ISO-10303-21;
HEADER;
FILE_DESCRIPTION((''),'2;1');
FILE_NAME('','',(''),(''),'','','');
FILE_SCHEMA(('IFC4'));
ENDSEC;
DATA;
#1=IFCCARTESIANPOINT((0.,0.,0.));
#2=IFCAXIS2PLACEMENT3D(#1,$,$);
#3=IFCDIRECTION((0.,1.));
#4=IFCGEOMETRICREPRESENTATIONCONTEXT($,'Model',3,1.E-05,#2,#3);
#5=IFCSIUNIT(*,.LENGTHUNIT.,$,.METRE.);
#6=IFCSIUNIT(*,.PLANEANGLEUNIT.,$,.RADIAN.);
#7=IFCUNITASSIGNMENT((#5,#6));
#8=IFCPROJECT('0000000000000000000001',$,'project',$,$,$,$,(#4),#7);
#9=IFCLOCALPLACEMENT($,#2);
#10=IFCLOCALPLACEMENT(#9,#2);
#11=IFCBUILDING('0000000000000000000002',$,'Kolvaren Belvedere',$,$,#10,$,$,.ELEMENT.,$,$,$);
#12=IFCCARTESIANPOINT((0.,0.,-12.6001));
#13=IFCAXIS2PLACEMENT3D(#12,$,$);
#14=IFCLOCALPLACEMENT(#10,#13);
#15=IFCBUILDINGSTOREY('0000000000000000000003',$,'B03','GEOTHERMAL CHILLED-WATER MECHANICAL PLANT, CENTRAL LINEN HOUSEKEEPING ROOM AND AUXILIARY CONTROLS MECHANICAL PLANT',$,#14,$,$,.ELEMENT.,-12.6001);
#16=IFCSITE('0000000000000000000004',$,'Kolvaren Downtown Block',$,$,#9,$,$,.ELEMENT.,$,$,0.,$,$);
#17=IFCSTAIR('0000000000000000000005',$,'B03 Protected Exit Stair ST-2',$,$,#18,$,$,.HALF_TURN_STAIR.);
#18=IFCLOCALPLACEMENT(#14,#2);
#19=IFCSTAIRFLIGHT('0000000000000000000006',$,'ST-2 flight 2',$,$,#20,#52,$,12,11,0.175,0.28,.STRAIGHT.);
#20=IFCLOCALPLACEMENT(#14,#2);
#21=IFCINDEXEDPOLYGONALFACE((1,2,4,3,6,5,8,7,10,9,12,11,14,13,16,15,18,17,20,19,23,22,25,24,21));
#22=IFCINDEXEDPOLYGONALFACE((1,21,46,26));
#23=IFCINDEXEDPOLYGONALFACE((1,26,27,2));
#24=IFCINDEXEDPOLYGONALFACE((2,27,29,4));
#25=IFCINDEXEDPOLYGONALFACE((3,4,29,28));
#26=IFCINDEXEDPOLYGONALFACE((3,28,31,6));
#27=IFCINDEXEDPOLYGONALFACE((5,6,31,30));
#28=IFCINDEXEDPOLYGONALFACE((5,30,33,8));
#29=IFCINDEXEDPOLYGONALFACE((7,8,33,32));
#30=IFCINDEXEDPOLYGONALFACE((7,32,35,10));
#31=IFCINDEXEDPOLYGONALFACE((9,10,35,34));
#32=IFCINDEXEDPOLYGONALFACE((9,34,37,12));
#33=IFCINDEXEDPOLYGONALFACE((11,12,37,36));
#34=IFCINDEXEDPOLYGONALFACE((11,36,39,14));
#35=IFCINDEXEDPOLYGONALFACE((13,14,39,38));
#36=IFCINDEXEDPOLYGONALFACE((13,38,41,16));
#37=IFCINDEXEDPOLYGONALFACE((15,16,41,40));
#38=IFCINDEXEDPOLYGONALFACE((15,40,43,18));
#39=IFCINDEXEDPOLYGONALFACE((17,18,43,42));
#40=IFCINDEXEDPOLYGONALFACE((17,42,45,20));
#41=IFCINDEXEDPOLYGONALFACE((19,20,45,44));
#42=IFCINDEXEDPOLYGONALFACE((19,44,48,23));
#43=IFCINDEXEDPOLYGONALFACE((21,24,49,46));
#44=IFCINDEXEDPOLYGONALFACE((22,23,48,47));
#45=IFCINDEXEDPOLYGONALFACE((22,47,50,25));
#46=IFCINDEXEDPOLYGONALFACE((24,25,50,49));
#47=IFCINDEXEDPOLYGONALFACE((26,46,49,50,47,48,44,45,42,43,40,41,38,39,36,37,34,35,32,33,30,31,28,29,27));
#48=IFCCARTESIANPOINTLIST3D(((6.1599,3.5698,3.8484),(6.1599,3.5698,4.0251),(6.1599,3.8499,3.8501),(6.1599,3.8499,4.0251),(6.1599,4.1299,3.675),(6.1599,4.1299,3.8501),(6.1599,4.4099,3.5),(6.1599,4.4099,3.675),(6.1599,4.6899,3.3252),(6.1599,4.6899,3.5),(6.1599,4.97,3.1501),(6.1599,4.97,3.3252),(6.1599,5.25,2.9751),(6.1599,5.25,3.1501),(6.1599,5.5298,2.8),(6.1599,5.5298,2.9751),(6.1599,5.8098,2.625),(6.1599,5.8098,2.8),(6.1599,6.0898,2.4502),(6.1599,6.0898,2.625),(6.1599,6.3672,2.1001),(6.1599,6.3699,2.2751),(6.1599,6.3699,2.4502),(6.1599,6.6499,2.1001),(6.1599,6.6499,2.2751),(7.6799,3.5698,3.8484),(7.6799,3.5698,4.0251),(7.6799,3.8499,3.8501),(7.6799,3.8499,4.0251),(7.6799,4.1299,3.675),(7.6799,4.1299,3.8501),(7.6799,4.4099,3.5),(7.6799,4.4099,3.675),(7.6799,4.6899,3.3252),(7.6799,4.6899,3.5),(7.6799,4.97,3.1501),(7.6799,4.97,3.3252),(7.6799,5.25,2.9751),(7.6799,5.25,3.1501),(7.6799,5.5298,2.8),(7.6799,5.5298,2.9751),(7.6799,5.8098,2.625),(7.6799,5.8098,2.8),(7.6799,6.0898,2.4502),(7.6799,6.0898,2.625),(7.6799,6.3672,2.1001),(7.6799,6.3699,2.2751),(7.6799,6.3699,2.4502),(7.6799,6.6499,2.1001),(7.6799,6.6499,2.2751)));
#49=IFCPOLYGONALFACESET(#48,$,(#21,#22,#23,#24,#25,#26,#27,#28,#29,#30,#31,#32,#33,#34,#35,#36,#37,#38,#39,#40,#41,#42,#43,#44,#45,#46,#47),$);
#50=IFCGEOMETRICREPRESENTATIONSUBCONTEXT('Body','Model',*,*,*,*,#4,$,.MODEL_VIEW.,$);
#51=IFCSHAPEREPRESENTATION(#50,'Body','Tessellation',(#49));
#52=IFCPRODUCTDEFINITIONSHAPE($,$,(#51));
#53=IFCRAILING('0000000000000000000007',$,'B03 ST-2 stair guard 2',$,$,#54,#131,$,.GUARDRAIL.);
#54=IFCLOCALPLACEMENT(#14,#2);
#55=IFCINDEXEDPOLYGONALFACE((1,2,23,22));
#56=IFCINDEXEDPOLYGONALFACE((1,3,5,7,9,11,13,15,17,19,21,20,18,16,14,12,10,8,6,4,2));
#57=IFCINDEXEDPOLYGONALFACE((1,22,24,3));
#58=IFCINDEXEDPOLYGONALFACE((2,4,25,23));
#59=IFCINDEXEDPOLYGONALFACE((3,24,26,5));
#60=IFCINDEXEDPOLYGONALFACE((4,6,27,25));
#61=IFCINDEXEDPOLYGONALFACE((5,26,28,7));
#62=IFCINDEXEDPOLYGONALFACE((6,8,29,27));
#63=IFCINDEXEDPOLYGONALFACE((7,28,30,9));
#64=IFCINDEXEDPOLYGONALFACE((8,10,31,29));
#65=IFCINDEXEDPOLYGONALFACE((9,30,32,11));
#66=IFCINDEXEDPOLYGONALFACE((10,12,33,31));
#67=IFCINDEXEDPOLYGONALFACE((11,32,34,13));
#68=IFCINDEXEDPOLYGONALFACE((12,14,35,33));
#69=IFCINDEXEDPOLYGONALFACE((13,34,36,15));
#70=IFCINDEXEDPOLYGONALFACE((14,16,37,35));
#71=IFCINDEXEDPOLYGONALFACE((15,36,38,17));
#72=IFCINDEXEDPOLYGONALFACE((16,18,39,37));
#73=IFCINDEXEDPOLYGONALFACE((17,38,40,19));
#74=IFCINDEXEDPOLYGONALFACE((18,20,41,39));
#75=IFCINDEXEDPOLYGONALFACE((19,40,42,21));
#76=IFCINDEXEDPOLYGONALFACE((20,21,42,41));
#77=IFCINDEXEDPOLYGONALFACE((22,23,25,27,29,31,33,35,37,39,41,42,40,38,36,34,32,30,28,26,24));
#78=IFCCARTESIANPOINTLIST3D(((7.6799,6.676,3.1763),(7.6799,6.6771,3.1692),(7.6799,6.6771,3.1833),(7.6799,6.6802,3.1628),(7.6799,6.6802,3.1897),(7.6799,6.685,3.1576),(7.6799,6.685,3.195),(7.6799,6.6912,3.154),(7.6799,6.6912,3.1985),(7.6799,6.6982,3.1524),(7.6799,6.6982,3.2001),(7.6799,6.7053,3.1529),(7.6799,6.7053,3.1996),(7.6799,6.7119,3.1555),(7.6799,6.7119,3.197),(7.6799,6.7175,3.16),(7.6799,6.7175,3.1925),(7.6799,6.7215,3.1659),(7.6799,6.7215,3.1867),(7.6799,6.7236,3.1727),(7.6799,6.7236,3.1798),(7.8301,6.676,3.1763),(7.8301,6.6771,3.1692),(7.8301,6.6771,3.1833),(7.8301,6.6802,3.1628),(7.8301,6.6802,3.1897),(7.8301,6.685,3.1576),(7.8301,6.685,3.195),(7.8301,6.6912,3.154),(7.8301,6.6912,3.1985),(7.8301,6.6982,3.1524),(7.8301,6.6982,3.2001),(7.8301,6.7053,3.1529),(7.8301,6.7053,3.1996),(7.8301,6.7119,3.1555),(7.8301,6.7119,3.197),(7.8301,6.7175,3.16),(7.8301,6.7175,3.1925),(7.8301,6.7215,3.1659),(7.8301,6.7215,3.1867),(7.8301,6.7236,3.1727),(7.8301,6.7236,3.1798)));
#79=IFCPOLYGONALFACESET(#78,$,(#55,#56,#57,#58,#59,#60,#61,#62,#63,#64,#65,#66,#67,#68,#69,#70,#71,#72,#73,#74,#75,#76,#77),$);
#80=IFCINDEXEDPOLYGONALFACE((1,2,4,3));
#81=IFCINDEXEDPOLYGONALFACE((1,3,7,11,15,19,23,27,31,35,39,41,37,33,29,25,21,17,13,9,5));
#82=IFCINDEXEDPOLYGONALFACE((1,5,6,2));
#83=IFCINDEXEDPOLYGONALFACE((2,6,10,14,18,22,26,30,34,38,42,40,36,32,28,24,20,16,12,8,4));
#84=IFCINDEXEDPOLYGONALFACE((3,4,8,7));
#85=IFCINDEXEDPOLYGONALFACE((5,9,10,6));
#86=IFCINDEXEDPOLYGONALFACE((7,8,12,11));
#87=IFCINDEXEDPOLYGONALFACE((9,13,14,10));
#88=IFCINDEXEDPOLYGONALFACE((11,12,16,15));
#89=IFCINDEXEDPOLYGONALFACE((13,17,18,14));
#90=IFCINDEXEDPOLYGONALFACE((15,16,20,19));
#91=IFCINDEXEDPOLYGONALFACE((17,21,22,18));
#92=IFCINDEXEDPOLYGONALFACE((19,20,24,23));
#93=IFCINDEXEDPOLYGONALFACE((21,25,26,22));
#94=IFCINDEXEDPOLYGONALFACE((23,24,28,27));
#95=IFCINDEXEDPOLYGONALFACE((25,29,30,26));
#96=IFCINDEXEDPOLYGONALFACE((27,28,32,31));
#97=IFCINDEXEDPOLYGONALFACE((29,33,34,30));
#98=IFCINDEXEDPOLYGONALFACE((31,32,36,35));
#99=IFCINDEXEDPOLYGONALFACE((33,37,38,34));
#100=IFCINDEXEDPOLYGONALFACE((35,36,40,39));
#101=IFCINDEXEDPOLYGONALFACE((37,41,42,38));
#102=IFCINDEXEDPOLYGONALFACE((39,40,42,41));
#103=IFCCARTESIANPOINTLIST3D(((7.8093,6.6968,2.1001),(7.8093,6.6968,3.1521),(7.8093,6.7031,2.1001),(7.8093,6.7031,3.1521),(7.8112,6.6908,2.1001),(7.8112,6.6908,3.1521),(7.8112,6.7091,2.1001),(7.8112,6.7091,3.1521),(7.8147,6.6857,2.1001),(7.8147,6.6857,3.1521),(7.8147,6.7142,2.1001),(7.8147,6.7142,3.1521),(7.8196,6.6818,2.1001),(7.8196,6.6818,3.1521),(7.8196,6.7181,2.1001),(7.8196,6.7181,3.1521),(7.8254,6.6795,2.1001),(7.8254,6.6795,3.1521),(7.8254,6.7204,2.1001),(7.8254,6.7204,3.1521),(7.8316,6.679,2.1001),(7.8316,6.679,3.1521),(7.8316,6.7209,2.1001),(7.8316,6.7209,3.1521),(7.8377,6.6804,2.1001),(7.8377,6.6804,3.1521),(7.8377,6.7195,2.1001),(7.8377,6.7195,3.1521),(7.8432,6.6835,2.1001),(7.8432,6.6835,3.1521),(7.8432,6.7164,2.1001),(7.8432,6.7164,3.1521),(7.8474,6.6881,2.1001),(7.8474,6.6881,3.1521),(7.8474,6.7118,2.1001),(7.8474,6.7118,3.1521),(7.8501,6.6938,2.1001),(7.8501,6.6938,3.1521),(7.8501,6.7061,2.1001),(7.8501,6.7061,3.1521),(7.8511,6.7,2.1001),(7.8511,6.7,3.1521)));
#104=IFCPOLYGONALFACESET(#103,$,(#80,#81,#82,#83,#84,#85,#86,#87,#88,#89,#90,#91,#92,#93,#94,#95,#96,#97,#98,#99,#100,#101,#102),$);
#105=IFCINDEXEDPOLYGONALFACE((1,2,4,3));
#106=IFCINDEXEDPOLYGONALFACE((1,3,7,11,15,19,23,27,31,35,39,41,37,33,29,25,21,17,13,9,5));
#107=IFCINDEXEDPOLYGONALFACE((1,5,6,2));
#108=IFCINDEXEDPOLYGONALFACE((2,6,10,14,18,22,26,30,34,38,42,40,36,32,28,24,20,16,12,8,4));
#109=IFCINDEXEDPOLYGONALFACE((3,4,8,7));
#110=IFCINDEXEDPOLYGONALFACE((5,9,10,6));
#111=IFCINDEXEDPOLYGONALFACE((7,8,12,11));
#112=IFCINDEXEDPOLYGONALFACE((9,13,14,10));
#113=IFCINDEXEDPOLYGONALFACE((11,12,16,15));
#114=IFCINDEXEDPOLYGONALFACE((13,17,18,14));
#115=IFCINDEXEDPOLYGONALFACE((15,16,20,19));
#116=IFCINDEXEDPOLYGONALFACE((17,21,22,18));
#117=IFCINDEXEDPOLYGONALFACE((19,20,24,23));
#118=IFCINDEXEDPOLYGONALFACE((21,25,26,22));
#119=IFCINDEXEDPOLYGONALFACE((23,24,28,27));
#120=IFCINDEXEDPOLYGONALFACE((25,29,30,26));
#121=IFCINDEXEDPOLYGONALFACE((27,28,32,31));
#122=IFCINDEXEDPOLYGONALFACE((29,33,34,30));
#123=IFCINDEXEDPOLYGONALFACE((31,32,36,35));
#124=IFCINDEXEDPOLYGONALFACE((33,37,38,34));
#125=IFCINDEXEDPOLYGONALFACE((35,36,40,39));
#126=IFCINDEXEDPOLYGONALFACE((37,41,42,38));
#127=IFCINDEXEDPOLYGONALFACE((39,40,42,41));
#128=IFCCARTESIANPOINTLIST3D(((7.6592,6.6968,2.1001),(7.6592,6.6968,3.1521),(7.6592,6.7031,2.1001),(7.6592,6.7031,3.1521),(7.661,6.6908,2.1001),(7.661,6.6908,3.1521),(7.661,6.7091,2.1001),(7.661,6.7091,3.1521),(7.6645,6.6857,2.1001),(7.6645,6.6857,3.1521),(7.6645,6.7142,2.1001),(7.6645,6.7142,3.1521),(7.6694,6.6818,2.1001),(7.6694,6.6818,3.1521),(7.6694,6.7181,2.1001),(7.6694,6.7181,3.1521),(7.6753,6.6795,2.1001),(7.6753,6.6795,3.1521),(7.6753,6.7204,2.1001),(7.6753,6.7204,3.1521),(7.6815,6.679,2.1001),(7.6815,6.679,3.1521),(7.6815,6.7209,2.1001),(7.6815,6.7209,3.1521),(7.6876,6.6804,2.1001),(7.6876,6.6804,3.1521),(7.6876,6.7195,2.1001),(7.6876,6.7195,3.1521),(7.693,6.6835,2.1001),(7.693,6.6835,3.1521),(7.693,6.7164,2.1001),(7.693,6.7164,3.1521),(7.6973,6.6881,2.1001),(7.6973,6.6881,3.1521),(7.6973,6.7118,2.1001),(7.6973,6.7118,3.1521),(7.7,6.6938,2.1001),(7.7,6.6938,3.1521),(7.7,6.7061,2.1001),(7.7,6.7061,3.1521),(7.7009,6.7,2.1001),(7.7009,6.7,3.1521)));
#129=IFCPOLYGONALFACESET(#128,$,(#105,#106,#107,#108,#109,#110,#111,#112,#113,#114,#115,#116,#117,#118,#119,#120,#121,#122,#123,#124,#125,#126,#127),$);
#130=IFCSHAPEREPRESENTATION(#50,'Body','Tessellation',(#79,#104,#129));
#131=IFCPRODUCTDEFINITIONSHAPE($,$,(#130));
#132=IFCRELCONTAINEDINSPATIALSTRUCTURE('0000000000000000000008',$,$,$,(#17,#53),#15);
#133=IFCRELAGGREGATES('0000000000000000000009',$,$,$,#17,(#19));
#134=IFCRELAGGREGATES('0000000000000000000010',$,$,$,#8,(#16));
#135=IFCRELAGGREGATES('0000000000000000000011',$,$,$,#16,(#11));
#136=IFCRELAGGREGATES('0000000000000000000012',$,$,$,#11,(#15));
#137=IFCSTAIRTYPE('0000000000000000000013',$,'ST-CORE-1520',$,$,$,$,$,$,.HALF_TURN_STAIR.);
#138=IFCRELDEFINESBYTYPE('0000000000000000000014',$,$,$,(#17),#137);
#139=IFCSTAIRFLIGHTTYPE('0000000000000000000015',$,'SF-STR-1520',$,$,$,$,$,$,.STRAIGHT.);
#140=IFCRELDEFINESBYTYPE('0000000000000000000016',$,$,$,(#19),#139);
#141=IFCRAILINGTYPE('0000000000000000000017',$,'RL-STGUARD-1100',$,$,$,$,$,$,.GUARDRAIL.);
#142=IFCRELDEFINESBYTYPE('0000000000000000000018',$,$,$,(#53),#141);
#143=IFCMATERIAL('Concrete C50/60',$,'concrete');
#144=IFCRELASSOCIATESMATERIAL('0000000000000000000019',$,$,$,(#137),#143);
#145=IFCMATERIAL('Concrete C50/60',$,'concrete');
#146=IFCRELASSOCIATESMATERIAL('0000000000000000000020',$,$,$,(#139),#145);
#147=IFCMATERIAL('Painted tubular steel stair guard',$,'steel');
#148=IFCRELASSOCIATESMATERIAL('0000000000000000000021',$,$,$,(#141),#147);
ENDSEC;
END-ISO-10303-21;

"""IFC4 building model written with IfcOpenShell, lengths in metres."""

from ifc_helpers import new_model, si_unit, direction, frame, origin, origin_2d, place, context, subcontext, project, spatial, polyline, circle, outline, extrude, material, type_object, element, aggregate, save


model = new_model("IFC4")

# Units and contexts
model_context = context("Model", 3, precision=1e-05, world=origin(), true_north=direction((0.0, 1.0)))
body_context = subcontext(model_context, "Body", "Model", "MODEL_VIEW")
ifc_project = project(units=[si_unit("LENGTHUNIT", "METRE"), si_unit("PLANEANGLEUNIT", "RADIAN")], contexts=[model_context])

# Site, building, storey
site_placement = place(None, origin())
site = spatial("IfcSite", under=ifc_project, at=site_placement, Name="Kolvaren Downtown Block", CompositionType="ELEMENT", RefElevation=0.0)
building_placement = place(site_placement, origin())
building = spatial("IfcBuilding", under=site, at=building_placement, Name="Kolvaren Belvedere", CompositionType="ELEMENT")
storey_placement = place(building_placement, frame((0.0, 0.0, -12.6001)))
storey = spatial("IfcBuildingStorey", under=building, at=storey_placement, Name="B03", Description="GEOTHERMAL CHILLED-WATER MECHANICAL PLANT, CENTRAL LINEN HOUSEKEEPING ROOM AND AUXILIARY CONTROLS MECHANICAL PLANT", CompositionType="ELEMENT", Elevation=-12.6001)

# Stair, stair flight
ifc_material_1 = material(Name="Concrete C50/60", Category="concrete")
stair_type = type_object("IfcStairType", Name="ST-CORE-1520", PredefinedType="HALF_TURN_STAIR", material=ifc_material_1)
stair_placement = place(storey_placement, origin())
stair = element("IfcStair", 1, at=stair_placement, inside=storey, type_object=stair_type, Name="B03 Protected Exit Stair ST-2", PredefinedType="HALF_TURN_STAIR")
ifc_material_2 = material(Name="Concrete C50/60", Category="concrete")
stair_flight_type = type_object("IfcStairFlightType", Name="SF-STR-1520", PredefinedType="STRAIGHT", material=ifc_material_2)
stair_flight_placement = place(storey_placement, frame((6.9199, 6.6499, 2.1001), z_axis=(0.0, 0.0, 1.0), x_axis=(0.0, -1.0, 0.0)))
stair_flight = element("IfcStairFlight", 2, at=stair_flight_placement, type_object=stair_flight_type, Name="ST-2 flight 2", NumberOfRisers=12, NumberOfTreads=11, PredefinedType="STRAIGHT", RiserHeight=0.175, TreadLength=0.28, context=body_context, shape_type="SweptSolid", body=[
    extrude(outline(polyline([(0.0, 0.0), (0.0, 0.175), (0.28, 0.175), (0.28, 0.3501), (0.5601, 0.3501), (0.5601, 0.5249), (0.8401, 0.5249), (0.8401, 0.7), (1.1201, 0.7), (1.1201, 0.875), (1.3999, 0.875), (1.3999, 1.05), (1.6799, 1.05), (1.6799, 1.2251), (1.96, 1.2251), (1.96, 1.3999), (2.24, 1.3999), (2.24, 1.575), (2.52, 1.575), (2.52, 1.75), (2.8, 1.75), (2.8, 1.925), (3.0801, 1.925), (3.0801, 2.1001), (3.0801, 1.7483), (0.2827, 0.0), (0.0, 0.0)])), frame((0.0, 0.76, 0.0), z_axis=(0.0, -1.0, 0.0), x_axis=(1.0, 0.0, 0.0)), (0.0, 0.0, 1.0), 1.52),
])
aggregate(stair, [stair_flight])

# Railing
ifc_material_3 = material(Name="Painted tubular steel stair guard", Category="steel")
railing_type = type_object("IfcRailingType", Name="RL-STGUARD-1100", PredefinedType="GUARDRAIL", material=ifc_material_3)
railing_1_placement = place(storey_placement, frame((7.8301, 6.7, 2.1001)))
element("IfcRailing", 3, at=railing_1_placement, inside=storey, type_object=railing_type, Name="B03 ST-2 stair guard 2", PredefinedType="GUARDRAIL", context=body_context, shape_type="SweptSolid", body=[
    extrude(circle(Radius=0.0239, at=origin_2d()), frame((0.0, 0.0, 1.0762), z_axis=(-1.0, 0.0, 0.0), x_axis=(0.0, -1.0, 0.0)), (0.0, 0.0, 1.0), 0.1501),
    extrude(circle(Radius=0.021, at=origin_2d()), origin(), (0.0, 0.0, 1.0), 1.052),
    extrude(circle(Radius=0.021, at=origin_2d()), frame((-0.1501, 0.0, 0.0)), (0.0, 0.0, 1.0), 1.052),
])

save(model, "model.ifc")
